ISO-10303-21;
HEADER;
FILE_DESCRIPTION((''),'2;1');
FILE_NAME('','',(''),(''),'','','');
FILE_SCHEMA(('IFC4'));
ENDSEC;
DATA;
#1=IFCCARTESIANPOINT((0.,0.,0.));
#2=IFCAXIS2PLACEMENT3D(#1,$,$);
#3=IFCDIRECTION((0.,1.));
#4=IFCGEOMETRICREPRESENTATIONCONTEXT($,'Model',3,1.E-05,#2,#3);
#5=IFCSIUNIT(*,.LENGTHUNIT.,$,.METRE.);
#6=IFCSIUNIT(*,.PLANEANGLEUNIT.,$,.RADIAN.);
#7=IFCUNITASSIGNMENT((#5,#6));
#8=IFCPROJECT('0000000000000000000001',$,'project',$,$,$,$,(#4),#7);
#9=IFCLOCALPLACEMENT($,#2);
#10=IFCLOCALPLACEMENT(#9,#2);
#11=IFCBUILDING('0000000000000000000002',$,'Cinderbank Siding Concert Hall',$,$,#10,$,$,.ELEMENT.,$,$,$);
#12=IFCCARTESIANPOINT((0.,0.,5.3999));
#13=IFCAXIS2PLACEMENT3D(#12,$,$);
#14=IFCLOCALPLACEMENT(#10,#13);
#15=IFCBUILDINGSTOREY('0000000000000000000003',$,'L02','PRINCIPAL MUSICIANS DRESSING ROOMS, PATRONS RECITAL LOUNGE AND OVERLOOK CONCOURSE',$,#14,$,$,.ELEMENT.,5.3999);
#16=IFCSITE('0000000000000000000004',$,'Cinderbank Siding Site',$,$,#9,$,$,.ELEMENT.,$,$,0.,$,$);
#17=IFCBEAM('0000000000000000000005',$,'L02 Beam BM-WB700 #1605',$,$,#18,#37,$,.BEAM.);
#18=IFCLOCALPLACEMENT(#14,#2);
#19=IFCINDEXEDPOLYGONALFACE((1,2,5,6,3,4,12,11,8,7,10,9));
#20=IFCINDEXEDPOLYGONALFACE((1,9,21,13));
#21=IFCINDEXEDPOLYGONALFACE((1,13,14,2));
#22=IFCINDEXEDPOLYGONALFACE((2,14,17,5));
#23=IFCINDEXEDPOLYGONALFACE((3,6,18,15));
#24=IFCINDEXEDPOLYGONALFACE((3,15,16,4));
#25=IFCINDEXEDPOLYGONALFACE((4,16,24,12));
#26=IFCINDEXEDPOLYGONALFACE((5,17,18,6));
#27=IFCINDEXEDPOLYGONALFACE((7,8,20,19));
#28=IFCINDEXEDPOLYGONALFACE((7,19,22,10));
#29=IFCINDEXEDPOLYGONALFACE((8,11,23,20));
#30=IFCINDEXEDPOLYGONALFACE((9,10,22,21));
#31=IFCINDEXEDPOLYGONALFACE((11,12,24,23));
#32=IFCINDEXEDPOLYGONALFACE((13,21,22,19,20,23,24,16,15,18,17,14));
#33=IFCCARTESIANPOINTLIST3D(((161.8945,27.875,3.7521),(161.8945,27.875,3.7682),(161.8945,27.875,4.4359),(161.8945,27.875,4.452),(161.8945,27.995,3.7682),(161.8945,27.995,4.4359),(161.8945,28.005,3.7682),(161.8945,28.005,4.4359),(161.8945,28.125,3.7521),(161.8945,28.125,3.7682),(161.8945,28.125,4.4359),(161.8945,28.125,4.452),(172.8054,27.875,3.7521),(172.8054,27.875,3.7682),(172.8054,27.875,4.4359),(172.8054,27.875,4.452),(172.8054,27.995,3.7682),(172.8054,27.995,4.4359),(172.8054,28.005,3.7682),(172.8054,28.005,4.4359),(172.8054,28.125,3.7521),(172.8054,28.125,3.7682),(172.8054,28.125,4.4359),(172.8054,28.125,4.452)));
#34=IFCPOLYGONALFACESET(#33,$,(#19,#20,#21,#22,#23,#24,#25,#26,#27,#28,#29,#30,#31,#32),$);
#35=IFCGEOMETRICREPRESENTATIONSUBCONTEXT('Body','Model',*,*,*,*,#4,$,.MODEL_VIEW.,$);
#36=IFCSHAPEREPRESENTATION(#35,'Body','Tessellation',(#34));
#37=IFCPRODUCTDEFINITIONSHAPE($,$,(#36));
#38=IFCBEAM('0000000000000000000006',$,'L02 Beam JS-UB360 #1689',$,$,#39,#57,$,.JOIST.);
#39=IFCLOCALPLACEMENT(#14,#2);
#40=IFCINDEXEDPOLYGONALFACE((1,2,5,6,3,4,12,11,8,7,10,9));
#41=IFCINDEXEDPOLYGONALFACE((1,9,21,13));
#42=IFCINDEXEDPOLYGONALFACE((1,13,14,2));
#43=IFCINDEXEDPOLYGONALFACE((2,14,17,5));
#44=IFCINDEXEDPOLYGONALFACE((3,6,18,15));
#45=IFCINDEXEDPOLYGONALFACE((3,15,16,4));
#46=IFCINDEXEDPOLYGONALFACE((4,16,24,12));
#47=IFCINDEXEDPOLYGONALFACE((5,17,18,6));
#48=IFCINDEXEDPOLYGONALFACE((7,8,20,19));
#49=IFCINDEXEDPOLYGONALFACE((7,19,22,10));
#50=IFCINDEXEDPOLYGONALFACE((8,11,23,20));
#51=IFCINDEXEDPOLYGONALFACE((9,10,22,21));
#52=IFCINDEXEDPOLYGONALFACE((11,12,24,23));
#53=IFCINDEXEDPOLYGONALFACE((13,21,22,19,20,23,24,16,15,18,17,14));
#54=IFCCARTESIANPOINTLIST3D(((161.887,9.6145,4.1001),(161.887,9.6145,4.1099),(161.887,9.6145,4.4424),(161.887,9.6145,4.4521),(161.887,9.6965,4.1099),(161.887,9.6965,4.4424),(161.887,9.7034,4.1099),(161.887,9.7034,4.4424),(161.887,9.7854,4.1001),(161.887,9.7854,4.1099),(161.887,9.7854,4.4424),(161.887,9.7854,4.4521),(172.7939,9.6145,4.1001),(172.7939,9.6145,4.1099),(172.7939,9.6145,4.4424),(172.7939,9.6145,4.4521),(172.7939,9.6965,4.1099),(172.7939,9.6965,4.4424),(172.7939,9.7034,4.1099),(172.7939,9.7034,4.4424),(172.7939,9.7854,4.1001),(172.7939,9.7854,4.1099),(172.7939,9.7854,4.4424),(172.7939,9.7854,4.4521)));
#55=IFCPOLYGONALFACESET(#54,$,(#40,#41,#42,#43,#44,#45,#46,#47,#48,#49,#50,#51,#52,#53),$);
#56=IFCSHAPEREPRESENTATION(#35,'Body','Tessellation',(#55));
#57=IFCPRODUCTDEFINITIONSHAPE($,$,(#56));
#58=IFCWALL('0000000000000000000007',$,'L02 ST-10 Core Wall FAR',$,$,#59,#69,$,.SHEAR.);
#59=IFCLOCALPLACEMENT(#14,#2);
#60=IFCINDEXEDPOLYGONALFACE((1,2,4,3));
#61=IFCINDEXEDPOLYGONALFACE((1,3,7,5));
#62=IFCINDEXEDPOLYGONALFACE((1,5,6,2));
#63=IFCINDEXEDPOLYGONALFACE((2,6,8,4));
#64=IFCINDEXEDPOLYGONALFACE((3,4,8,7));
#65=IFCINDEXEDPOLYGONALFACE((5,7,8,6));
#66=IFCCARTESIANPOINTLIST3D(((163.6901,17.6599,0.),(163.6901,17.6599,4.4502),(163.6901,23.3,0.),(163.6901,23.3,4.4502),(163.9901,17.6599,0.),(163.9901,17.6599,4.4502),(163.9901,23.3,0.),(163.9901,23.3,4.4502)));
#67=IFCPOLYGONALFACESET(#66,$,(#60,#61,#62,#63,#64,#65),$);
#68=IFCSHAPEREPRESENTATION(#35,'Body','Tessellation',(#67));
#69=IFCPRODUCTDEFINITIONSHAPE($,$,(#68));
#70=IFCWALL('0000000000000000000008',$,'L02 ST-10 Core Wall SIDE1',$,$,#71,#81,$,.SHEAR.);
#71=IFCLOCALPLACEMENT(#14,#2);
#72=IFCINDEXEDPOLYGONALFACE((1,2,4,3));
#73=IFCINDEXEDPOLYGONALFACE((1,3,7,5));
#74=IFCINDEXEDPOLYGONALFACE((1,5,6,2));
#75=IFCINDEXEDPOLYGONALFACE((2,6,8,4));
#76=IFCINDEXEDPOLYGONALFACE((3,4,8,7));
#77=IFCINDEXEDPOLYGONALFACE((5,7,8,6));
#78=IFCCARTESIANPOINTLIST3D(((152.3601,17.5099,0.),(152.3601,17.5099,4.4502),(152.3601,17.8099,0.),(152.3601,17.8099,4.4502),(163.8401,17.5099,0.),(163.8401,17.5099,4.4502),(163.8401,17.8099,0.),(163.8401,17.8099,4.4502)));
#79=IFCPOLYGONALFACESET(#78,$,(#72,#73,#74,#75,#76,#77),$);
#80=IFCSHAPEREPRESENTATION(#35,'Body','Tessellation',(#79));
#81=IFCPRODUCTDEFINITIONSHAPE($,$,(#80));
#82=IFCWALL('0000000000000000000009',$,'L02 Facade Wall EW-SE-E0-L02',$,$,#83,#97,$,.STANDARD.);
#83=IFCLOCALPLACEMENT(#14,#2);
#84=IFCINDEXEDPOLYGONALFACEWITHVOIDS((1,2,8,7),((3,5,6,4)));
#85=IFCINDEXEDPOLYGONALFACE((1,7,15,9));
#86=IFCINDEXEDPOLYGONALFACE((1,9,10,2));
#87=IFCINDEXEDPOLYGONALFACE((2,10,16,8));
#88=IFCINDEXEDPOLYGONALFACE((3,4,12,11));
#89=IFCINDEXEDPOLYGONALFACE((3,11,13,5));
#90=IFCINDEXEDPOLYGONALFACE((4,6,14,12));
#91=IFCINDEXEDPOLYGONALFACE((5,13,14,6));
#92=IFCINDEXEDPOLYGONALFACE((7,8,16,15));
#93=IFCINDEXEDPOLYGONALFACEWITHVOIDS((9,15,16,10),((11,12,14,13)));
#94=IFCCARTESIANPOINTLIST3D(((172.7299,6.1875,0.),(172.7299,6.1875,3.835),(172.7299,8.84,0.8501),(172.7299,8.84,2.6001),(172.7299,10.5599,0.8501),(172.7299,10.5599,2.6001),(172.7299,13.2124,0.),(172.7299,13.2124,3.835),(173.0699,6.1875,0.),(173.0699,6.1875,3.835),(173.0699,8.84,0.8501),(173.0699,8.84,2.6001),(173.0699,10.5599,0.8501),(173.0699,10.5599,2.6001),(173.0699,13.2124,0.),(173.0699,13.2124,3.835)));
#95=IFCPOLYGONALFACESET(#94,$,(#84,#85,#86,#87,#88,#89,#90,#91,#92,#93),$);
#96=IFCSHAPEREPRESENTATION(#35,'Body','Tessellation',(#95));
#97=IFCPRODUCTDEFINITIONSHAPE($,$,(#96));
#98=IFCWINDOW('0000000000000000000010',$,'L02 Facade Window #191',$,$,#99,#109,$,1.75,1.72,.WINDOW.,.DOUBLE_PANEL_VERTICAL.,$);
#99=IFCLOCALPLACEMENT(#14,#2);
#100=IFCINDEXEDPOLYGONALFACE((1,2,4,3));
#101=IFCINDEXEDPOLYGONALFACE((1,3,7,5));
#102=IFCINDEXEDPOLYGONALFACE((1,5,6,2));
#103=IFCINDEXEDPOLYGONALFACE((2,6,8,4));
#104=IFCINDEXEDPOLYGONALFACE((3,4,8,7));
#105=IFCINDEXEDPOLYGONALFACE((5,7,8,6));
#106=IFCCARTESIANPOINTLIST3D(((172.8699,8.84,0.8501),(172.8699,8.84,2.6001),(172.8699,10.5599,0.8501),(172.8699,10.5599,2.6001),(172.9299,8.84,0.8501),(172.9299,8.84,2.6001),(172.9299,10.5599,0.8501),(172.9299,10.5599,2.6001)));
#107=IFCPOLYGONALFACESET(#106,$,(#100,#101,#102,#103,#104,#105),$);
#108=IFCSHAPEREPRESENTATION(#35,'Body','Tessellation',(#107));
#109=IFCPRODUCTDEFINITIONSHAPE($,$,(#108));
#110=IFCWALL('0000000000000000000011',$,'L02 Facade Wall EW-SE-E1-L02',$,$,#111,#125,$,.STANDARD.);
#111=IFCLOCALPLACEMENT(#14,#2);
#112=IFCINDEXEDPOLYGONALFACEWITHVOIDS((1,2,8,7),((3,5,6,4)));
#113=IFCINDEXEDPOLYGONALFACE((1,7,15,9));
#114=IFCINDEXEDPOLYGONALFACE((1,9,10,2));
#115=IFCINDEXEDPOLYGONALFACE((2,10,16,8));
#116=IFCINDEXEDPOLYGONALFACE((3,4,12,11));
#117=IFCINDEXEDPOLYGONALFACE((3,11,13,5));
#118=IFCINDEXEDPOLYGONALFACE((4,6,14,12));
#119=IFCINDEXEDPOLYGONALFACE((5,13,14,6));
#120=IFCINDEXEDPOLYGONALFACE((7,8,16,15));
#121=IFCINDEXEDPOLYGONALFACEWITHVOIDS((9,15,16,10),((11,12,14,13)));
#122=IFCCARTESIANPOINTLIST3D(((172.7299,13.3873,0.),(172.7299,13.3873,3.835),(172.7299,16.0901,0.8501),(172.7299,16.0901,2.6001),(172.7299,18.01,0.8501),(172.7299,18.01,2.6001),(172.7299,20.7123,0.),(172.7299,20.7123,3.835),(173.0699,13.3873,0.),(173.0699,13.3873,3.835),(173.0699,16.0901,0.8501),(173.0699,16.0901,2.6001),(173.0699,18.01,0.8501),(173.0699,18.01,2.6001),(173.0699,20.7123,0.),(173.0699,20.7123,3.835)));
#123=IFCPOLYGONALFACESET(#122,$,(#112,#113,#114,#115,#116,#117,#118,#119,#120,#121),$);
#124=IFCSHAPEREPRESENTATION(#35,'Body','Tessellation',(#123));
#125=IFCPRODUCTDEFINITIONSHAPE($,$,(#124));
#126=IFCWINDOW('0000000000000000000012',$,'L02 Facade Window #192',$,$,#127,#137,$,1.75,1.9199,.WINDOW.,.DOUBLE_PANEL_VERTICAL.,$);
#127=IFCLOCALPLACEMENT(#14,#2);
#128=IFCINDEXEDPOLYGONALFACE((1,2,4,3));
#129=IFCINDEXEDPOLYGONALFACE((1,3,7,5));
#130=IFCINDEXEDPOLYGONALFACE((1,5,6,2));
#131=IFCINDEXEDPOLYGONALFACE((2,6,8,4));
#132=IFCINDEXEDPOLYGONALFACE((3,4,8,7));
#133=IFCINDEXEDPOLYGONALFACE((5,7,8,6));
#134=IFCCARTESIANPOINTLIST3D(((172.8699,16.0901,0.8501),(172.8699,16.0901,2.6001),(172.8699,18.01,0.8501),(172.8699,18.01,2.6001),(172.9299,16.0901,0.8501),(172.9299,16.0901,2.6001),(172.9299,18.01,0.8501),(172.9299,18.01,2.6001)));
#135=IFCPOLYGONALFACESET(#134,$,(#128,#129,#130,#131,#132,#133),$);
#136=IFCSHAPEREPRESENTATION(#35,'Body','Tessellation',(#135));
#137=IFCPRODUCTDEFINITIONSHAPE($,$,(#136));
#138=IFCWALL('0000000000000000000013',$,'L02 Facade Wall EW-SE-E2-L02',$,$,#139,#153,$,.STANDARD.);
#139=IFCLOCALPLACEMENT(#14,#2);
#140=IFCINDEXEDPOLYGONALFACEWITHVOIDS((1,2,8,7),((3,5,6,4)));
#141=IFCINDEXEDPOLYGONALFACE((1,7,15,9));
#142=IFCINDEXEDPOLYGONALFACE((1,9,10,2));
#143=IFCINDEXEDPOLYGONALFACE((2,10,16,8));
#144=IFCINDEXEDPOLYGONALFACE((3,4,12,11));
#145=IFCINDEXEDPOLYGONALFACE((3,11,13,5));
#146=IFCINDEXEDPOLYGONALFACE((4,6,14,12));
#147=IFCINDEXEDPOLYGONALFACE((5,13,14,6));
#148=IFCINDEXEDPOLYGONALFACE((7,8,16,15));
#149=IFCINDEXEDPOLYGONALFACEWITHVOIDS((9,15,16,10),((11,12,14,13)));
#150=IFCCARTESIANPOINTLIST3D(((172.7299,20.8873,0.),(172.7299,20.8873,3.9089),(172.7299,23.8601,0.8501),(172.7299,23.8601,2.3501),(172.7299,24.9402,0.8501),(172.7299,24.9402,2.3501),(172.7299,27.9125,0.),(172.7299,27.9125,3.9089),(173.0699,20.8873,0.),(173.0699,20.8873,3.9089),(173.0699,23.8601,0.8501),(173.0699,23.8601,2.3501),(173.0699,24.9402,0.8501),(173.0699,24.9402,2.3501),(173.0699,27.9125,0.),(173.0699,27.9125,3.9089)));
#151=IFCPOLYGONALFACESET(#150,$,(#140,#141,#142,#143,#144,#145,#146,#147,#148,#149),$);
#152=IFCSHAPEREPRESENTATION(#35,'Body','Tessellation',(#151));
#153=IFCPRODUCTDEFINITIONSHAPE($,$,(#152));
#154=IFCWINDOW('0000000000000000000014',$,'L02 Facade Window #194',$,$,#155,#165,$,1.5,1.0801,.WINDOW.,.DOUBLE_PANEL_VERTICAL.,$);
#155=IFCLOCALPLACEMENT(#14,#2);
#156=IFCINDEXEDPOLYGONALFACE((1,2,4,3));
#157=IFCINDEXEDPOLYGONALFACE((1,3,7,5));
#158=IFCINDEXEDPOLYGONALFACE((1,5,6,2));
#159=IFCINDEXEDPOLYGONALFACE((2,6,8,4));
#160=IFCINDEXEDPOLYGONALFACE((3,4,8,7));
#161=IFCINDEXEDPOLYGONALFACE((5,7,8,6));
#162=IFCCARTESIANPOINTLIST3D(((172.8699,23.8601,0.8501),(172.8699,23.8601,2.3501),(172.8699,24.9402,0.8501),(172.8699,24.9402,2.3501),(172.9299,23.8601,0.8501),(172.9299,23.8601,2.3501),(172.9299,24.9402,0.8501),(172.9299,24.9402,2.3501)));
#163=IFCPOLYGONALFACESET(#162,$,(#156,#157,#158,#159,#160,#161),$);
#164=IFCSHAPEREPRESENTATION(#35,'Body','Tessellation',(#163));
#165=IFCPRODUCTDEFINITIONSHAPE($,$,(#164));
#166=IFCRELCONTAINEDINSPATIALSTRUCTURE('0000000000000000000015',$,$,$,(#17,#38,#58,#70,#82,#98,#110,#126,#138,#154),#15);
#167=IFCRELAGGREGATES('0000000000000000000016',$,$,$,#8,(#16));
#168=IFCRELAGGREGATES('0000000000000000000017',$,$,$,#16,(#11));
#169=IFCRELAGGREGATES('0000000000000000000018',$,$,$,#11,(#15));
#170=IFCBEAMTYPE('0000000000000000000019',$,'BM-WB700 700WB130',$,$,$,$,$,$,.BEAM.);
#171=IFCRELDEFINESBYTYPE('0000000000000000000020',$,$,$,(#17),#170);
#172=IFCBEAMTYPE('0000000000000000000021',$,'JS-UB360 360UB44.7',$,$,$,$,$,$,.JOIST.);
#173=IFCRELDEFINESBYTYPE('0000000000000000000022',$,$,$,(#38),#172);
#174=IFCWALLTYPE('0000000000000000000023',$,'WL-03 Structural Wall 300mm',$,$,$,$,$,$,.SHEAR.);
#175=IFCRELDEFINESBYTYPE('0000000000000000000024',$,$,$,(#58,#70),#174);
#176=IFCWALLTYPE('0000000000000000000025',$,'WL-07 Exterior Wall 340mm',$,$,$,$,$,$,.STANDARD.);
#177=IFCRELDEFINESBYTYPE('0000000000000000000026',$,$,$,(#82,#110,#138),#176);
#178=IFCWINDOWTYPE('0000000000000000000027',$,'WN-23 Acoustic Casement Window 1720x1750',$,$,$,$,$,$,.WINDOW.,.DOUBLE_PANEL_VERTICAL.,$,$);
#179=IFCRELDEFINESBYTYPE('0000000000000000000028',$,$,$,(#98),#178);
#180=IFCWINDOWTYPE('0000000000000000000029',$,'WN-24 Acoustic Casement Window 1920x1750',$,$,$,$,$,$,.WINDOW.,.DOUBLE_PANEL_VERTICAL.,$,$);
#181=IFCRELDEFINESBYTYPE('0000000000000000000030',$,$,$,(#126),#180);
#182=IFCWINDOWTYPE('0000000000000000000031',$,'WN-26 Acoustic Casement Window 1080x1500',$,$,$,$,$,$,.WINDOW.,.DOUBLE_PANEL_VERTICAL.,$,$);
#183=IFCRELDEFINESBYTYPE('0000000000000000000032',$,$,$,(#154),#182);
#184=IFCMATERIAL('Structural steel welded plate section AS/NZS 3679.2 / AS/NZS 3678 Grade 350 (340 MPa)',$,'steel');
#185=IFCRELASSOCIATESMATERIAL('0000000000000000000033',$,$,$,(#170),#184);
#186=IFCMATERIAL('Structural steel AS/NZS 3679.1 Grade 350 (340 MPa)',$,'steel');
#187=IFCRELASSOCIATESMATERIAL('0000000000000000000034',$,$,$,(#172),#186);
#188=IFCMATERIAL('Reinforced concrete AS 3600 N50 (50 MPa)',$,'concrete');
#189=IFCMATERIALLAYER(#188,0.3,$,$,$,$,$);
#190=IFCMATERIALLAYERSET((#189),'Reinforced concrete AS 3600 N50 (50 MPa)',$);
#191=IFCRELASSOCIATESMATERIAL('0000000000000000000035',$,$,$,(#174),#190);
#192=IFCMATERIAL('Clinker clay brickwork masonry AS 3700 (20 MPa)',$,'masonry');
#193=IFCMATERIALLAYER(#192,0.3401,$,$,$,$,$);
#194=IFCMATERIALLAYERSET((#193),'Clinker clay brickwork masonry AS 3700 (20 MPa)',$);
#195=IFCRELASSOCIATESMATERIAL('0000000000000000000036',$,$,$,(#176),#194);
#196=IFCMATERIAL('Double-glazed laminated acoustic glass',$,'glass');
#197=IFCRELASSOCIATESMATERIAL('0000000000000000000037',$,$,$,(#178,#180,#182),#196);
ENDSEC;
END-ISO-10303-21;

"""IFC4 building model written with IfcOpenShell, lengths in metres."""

from ifc_helpers import new_model, si_unit, direction, frame, frame_2d, origin, origin_2d, place, context, subcontext, project, spatial, rectangle, i_section, extrude, material, layer, layer_set, material_profile, profile_set, type_object, element, fill, save


model = new_model("IFC4")

# Units and contexts
model_context = context("Model", 3, precision=1e-05, world=origin(), true_north=direction((0.0, 1.0)))
body_context = subcontext(model_context, "Body", "Model", "MODEL_VIEW")
ifc_project = project(units=[si_unit("LENGTHUNIT", "METRE"), si_unit("PLANEANGLEUNIT", "RADIAN")], contexts=[model_context])

# Site, building, storey
site_placement = place(None, origin())
site = spatial("IfcSite", under=ifc_project, at=site_placement, Name="Cinderbank Siding Site", CompositionType="ELEMENT", RefElevation=0.0)
building_placement = place(site_placement, origin())
building = spatial("IfcBuilding", under=site, at=building_placement, Name="Cinderbank Siding Concert Hall", CompositionType="ELEMENT")
storey_placement = place(building_placement, frame((0.0, 0.0, 5.3999)))
storey = spatial("IfcBuildingStorey", under=building, at=storey_placement, Name="L02", Description="PRINCIPAL MUSICIANS DRESSING ROOMS, PATRONS RECITAL LOUNGE AND OVERLOOK CONCOURSE", CompositionType="ELEMENT", Elevation=5.3999)

# Shared definitions
ifc_material_1 = material(Name="Structural steel AS/NZS 3679.1 Grade 350 (340 MPa)", Category="steel")

# Beams
ifc_material_2 = material(Name="Structural steel welded plate section AS/NZS 3679.2 / AS/NZS 3678 Grade 350 (340 MPa)", Category="steel")
ifc_material_profile_1 = material_profile(ifc_material_2, i_section(OverallWidth=0.25, OverallDepth=0.7, WebThickness=0.01, FlangeThickness=0.0161, at=origin_2d()), Name="700WB130", Category="LoadBearing")
ifc_profile_set_1 = profile_set([ifc_material_profile_1], Name="Structural steel welded plate section AS/NZS 3679.2 / AS/NZS 3678 Grade 350 (340 MPa)")
beam_type_1 = type_object("IfcBeamType", Name="BM-WB700 700WB130", PredefinedType="BEAM", material=ifc_profile_set_1)
for number, where, z_axis, x_axis, name in (
    (1, (161.8945, 28.0, 4.1021), (1.0, 0.0, 0.0), (0.0, 1.0, 0.0), "L02 Beam BM-WB700 #1605"),
):
    element("IfcBeam", number, at=place(storey_placement, frame(where, z_axis=z_axis, x_axis=x_axis)), inside=storey, type_object=beam_type_1, Name=name, PredefinedType="BEAM", context=body_context, shape_type="SweptSolid", body=[
        extrude(i_section(OverallWidth=0.25, OverallDepth=0.7, WebThickness=0.01, FlangeThickness=0.0161, at=origin_2d()), origin(), (0.0, 0.0, 1.0), 10.9109),
    ])
ifc_material_profile_2 = material_profile(ifc_material_1, i_section(OverallWidth=0.1709, OverallDepth=0.3521, WebThickness=0.0068, FlangeThickness=0.0098, at=origin_2d()), Name="360UB44.7", Category="LoadBearing")
ifc_profile_set_2 = profile_set([ifc_material_profile_2], Name="Structural steel AS/NZS 3679.1 Grade 350 (340 MPa)")
beam_type_2 = type_object("IfcBeamType", Name="JS-UB360 360UB44.7", PredefinedType="JOIST", material=ifc_profile_set_2)
beam_1_placement = place(storey_placement, frame((161.887, 9.7, 4.2761), z_axis=(1.0, 0.0, 0.0), x_axis=(0.0, 1.0, 0.0)))
element("IfcBeam", 2, at=beam_1_placement, inside=storey, type_object=beam_type_2, Name="L02 Beam JS-UB360 #1689", PredefinedType="JOIST", context=body_context, shape_type="SweptSolid", body=[
    extrude(i_section(OverallWidth=0.1709, OverallDepth=0.3521, WebThickness=0.0068, FlangeThickness=0.0098, at=origin_2d()), origin(), (0.0, 0.0, 1.0), 10.907),
])

# Walls
ifc_material_3 = material(Name="Reinforced concrete AS 3600 N50 (50 MPa)", Category="concrete")
ifc_layer_1 = layer(ifc_material_3, 0.3)
ifc_layer_set_1 = layer_set([ifc_layer_1], Name="Reinforced concrete AS 3600 N50 (50 MPa)")
wall_type_1 = type_object("IfcWallType", Name="WL-03 Structural Wall 300mm", PredefinedType="SHEAR", material=ifc_layer_set_1)
wall_1_placement = place(storey_placement, frame((163.8401, 23.3, 0.0), z_axis=(0.0, 0.0, 1.0), x_axis=(0.0, -1.0, 0.0)))
element("IfcWall", 3, at=wall_1_placement, inside=storey, type_object=wall_type_1, Name="L02 ST-10 Core Wall FAR", PredefinedType="SHEAR", context=body_context, shape_type="SweptSolid", body=[
    extrude(rectangle(XDim=5.6401, YDim=0.3, at=frame_2d((2.8201, 0.0))), origin(), (0.0, 0.0, 1.0), 4.4502),
])
wall_2_placement = place(storey_placement, frame((163.8401, 17.6599, 0.0), z_axis=(0.0, 0.0, 1.0), x_axis=(-1.0, 0.0, 0.0)))
element("IfcWall", 4, at=wall_2_placement, inside=storey, type_object=wall_type_1, Name="L02 ST-10 Core Wall SIDE1", PredefinedType="SHEAR", context=body_context, shape_type="SweptSolid", body=[
    extrude(rectangle(XDim=11.48, YDim=0.3, at=frame_2d((5.74, 0.0))), origin(), (0.0, 0.0, 1.0), 4.4502),
])

# Walls, openings, windows
ifc_material_4 = material(Name="Clinker clay brickwork masonry AS 3700 (20 MPa)", Category="masonry")
ifc_layer_2 = layer(ifc_material_4, 0.3401)
ifc_layer_set_2 = layer_set([ifc_layer_2], Name="Clinker clay brickwork masonry AS 3700 (20 MPa)")
wall_type_2 = type_object("IfcWallType", Name="WL-07 Exterior Wall 340mm", PredefinedType="STANDARD", material=ifc_layer_set_2)
wall_3_placement = place(storey_placement, frame((172.8999, 13.2124, 0.0), z_axis=(0.0, 0.0, 1.0), x_axis=(0.0, -1.0, 0.0)))
wall_3 = element("IfcWall", 5, at=wall_3_placement, inside=storey, type_object=wall_type_2, Name="L02 Facade Wall EW-SE-E0-L02", PredefinedType="STANDARD", context=body_context, shape_type="SweptSolid", body=[
    extrude(rectangle(XDim=7.0249, YDim=0.3401, at=frame_2d((3.5125, 0.0))), origin(), (0.0, 0.0, 1.0), 3.835),
])
opening_1_placement = place(wall_3_placement, frame((2.6526, 0.0, 0.8501)))
opening_1 = element("IfcOpeningElement", 6, at=opening_1_placement, cuts=wall_3, PredefinedType="OPENING", context=body_context, shape_type="SweptSolid", body=[
    extrude(rectangle(XDim=1.72, YDim=1.75, at=frame_2d((0.8599, 0.875))), frame((0.0, 0.1821, 0.0), z_axis=(0.0, -1.0, 0.0), x_axis=(1.0, 0.0, 0.0)), (0.0, 0.0, 1.0), 0.364),
])
ifc_material_5 = material(Name="Double-glazed laminated acoustic glass", Category="glass")
window_type_1 = type_object("IfcWindowType", Name="WN-23 Acoustic Casement Window 1720x1750", PartitioningType="DOUBLE_PANEL_VERTICAL", PredefinedType="WINDOW", material=ifc_material_5)
window_1_placement = place(opening_1_placement, origin())
window_1 = element("IfcWindow", 7, at=window_1_placement, inside=storey, type_object=window_type_1, Name="L02 Facade Window #191", OverallHeight=1.75, OverallWidth=1.72, PartitioningType="DOUBLE_PANEL_VERTICAL", PredefinedType="WINDOW", context=body_context, shape_type="SweptSolid", body=[
    extrude(rectangle(XDim=1.72, YDim=1.75, at=frame_2d((0.8599, 0.875))), frame((0.0, 0.03, 0.0), z_axis=(0.0, -1.0, 0.0), x_axis=(1.0, 0.0, 0.0)), (0.0, 0.0, 1.0), 0.0601),
])
fill(opening_1, window_1)
wall_4_placement = place(storey_placement, frame((172.8999, 20.7124, 0.0), z_axis=(0.0, 0.0, 1.0), x_axis=(0.0, -1.0, 0.0)))
wall_4 = element("IfcWall", 8, at=wall_4_placement, inside=storey, type_object=wall_type_2, Name="L02 Facade Wall EW-SE-E1-L02", PredefinedType="STANDARD", context=body_context, shape_type="SweptSolid", body=[
    extrude(rectangle(XDim=7.325, YDim=0.3401, at=frame_2d((3.6626, 0.0))), origin(), (0.0, 0.0, 1.0), 3.835),
])
opening_2_placement = place(wall_4_placement, frame((2.7024, 0.0, 0.8501)))
opening_2 = element("IfcOpeningElement", 9, at=opening_2_placement, cuts=wall_4, PredefinedType="OPENING", context=body_context, shape_type="SweptSolid", body=[
    extrude(rectangle(XDim=1.9199, YDim=1.75, at=frame_2d((0.96, 0.875))), frame((0.0, 0.1821, 0.0), z_axis=(0.0, -1.0, 0.0), x_axis=(1.0, 0.0, 0.0)), (0.0, 0.0, 1.0), 0.364),
])
window_type_2 = type_object("IfcWindowType", Name="WN-24 Acoustic Casement Window 1920x1750", PartitioningType="DOUBLE_PANEL_VERTICAL", PredefinedType="WINDOW", material=ifc_material_5)
window_2_placement = place(opening_2_placement, origin())
window_2 = element("IfcWindow", 10, at=window_2_placement, inside=storey, type_object=window_type_2, Name="L02 Facade Window #192", OverallHeight=1.75, OverallWidth=1.9199, PartitioningType="DOUBLE_PANEL_VERTICAL", PredefinedType="WINDOW", context=body_context, shape_type="SweptSolid", body=[
    extrude(rectangle(XDim=1.9199, YDim=1.75, at=frame_2d((0.96, 0.875))), frame((0.0, 0.03, 0.0), z_axis=(0.0, -1.0, 0.0), x_axis=(1.0, 0.0, 0.0)), (0.0, 0.0, 1.0), 0.0601),
])
fill(opening_2, window_2)
wall_5_placement = place(storey_placement, frame((172.8999, 27.9126, 0.0), z_axis=(0.0, 0.0, 1.0), x_axis=(0.0, -1.0, 0.0)))
wall_5 = element("IfcWall", 11, at=wall_5_placement, inside=storey, type_object=wall_type_2, Name="L02 Facade Wall EW-SE-E2-L02", PredefinedType="STANDARD", context=body_context, shape_type="SweptSolid", body=[
    extrude(rectangle(XDim=7.0251, YDim=0.3401, at=frame_2d((3.5127, 0.0))), origin(), (0.0, 0.0, 1.0), 3.9089),
])
opening_3_placement = place(wall_5_placement, frame((2.9724, 0.0, 0.8501)))
opening_3 = element("IfcOpeningElement", 12, at=opening_3_placement, cuts=wall_5, PredefinedType="OPENING", context=body_context, shape_type="SweptSolid", body=[
    extrude(rectangle(XDim=1.0801, YDim=1.5, at=frame_2d((0.54, 0.75))), frame((0.0, 0.1821, 0.0), z_axis=(0.0, -1.0, 0.0), x_axis=(1.0, 0.0, 0.0)), (0.0, 0.0, 1.0), 0.364),
])
window_type_3 = type_object("IfcWindowType", Name="WN-26 Acoustic Casement Window 1080x1500", PartitioningType="DOUBLE_PANEL_VERTICAL", PredefinedType="WINDOW", material=ifc_material_5)
window_3_placement = place(opening_3_placement, origin())
window_3 = element("IfcWindow", 13, at=window_3_placement, inside=storey, type_object=window_type_3, Name="L02 Facade Window #194", OverallHeight=1.5, OverallWidth=1.0801, PartitioningType="DOUBLE_PANEL_VERTICAL", PredefinedType="WINDOW", context=body_context, shape_type="SweptSolid", body=[
    extrude(rectangle(XDim=1.0801, YDim=1.5, at=frame_2d((0.54, 0.75))), frame((0.0, 0.03, 0.0), z_axis=(0.0, -1.0, 0.0), x_axis=(1.0, 0.0, 0.0)), (0.0, 0.0, 1.0), 0.0601),
])
fill(opening_3, window_3)

save(model, "model.ifc")
